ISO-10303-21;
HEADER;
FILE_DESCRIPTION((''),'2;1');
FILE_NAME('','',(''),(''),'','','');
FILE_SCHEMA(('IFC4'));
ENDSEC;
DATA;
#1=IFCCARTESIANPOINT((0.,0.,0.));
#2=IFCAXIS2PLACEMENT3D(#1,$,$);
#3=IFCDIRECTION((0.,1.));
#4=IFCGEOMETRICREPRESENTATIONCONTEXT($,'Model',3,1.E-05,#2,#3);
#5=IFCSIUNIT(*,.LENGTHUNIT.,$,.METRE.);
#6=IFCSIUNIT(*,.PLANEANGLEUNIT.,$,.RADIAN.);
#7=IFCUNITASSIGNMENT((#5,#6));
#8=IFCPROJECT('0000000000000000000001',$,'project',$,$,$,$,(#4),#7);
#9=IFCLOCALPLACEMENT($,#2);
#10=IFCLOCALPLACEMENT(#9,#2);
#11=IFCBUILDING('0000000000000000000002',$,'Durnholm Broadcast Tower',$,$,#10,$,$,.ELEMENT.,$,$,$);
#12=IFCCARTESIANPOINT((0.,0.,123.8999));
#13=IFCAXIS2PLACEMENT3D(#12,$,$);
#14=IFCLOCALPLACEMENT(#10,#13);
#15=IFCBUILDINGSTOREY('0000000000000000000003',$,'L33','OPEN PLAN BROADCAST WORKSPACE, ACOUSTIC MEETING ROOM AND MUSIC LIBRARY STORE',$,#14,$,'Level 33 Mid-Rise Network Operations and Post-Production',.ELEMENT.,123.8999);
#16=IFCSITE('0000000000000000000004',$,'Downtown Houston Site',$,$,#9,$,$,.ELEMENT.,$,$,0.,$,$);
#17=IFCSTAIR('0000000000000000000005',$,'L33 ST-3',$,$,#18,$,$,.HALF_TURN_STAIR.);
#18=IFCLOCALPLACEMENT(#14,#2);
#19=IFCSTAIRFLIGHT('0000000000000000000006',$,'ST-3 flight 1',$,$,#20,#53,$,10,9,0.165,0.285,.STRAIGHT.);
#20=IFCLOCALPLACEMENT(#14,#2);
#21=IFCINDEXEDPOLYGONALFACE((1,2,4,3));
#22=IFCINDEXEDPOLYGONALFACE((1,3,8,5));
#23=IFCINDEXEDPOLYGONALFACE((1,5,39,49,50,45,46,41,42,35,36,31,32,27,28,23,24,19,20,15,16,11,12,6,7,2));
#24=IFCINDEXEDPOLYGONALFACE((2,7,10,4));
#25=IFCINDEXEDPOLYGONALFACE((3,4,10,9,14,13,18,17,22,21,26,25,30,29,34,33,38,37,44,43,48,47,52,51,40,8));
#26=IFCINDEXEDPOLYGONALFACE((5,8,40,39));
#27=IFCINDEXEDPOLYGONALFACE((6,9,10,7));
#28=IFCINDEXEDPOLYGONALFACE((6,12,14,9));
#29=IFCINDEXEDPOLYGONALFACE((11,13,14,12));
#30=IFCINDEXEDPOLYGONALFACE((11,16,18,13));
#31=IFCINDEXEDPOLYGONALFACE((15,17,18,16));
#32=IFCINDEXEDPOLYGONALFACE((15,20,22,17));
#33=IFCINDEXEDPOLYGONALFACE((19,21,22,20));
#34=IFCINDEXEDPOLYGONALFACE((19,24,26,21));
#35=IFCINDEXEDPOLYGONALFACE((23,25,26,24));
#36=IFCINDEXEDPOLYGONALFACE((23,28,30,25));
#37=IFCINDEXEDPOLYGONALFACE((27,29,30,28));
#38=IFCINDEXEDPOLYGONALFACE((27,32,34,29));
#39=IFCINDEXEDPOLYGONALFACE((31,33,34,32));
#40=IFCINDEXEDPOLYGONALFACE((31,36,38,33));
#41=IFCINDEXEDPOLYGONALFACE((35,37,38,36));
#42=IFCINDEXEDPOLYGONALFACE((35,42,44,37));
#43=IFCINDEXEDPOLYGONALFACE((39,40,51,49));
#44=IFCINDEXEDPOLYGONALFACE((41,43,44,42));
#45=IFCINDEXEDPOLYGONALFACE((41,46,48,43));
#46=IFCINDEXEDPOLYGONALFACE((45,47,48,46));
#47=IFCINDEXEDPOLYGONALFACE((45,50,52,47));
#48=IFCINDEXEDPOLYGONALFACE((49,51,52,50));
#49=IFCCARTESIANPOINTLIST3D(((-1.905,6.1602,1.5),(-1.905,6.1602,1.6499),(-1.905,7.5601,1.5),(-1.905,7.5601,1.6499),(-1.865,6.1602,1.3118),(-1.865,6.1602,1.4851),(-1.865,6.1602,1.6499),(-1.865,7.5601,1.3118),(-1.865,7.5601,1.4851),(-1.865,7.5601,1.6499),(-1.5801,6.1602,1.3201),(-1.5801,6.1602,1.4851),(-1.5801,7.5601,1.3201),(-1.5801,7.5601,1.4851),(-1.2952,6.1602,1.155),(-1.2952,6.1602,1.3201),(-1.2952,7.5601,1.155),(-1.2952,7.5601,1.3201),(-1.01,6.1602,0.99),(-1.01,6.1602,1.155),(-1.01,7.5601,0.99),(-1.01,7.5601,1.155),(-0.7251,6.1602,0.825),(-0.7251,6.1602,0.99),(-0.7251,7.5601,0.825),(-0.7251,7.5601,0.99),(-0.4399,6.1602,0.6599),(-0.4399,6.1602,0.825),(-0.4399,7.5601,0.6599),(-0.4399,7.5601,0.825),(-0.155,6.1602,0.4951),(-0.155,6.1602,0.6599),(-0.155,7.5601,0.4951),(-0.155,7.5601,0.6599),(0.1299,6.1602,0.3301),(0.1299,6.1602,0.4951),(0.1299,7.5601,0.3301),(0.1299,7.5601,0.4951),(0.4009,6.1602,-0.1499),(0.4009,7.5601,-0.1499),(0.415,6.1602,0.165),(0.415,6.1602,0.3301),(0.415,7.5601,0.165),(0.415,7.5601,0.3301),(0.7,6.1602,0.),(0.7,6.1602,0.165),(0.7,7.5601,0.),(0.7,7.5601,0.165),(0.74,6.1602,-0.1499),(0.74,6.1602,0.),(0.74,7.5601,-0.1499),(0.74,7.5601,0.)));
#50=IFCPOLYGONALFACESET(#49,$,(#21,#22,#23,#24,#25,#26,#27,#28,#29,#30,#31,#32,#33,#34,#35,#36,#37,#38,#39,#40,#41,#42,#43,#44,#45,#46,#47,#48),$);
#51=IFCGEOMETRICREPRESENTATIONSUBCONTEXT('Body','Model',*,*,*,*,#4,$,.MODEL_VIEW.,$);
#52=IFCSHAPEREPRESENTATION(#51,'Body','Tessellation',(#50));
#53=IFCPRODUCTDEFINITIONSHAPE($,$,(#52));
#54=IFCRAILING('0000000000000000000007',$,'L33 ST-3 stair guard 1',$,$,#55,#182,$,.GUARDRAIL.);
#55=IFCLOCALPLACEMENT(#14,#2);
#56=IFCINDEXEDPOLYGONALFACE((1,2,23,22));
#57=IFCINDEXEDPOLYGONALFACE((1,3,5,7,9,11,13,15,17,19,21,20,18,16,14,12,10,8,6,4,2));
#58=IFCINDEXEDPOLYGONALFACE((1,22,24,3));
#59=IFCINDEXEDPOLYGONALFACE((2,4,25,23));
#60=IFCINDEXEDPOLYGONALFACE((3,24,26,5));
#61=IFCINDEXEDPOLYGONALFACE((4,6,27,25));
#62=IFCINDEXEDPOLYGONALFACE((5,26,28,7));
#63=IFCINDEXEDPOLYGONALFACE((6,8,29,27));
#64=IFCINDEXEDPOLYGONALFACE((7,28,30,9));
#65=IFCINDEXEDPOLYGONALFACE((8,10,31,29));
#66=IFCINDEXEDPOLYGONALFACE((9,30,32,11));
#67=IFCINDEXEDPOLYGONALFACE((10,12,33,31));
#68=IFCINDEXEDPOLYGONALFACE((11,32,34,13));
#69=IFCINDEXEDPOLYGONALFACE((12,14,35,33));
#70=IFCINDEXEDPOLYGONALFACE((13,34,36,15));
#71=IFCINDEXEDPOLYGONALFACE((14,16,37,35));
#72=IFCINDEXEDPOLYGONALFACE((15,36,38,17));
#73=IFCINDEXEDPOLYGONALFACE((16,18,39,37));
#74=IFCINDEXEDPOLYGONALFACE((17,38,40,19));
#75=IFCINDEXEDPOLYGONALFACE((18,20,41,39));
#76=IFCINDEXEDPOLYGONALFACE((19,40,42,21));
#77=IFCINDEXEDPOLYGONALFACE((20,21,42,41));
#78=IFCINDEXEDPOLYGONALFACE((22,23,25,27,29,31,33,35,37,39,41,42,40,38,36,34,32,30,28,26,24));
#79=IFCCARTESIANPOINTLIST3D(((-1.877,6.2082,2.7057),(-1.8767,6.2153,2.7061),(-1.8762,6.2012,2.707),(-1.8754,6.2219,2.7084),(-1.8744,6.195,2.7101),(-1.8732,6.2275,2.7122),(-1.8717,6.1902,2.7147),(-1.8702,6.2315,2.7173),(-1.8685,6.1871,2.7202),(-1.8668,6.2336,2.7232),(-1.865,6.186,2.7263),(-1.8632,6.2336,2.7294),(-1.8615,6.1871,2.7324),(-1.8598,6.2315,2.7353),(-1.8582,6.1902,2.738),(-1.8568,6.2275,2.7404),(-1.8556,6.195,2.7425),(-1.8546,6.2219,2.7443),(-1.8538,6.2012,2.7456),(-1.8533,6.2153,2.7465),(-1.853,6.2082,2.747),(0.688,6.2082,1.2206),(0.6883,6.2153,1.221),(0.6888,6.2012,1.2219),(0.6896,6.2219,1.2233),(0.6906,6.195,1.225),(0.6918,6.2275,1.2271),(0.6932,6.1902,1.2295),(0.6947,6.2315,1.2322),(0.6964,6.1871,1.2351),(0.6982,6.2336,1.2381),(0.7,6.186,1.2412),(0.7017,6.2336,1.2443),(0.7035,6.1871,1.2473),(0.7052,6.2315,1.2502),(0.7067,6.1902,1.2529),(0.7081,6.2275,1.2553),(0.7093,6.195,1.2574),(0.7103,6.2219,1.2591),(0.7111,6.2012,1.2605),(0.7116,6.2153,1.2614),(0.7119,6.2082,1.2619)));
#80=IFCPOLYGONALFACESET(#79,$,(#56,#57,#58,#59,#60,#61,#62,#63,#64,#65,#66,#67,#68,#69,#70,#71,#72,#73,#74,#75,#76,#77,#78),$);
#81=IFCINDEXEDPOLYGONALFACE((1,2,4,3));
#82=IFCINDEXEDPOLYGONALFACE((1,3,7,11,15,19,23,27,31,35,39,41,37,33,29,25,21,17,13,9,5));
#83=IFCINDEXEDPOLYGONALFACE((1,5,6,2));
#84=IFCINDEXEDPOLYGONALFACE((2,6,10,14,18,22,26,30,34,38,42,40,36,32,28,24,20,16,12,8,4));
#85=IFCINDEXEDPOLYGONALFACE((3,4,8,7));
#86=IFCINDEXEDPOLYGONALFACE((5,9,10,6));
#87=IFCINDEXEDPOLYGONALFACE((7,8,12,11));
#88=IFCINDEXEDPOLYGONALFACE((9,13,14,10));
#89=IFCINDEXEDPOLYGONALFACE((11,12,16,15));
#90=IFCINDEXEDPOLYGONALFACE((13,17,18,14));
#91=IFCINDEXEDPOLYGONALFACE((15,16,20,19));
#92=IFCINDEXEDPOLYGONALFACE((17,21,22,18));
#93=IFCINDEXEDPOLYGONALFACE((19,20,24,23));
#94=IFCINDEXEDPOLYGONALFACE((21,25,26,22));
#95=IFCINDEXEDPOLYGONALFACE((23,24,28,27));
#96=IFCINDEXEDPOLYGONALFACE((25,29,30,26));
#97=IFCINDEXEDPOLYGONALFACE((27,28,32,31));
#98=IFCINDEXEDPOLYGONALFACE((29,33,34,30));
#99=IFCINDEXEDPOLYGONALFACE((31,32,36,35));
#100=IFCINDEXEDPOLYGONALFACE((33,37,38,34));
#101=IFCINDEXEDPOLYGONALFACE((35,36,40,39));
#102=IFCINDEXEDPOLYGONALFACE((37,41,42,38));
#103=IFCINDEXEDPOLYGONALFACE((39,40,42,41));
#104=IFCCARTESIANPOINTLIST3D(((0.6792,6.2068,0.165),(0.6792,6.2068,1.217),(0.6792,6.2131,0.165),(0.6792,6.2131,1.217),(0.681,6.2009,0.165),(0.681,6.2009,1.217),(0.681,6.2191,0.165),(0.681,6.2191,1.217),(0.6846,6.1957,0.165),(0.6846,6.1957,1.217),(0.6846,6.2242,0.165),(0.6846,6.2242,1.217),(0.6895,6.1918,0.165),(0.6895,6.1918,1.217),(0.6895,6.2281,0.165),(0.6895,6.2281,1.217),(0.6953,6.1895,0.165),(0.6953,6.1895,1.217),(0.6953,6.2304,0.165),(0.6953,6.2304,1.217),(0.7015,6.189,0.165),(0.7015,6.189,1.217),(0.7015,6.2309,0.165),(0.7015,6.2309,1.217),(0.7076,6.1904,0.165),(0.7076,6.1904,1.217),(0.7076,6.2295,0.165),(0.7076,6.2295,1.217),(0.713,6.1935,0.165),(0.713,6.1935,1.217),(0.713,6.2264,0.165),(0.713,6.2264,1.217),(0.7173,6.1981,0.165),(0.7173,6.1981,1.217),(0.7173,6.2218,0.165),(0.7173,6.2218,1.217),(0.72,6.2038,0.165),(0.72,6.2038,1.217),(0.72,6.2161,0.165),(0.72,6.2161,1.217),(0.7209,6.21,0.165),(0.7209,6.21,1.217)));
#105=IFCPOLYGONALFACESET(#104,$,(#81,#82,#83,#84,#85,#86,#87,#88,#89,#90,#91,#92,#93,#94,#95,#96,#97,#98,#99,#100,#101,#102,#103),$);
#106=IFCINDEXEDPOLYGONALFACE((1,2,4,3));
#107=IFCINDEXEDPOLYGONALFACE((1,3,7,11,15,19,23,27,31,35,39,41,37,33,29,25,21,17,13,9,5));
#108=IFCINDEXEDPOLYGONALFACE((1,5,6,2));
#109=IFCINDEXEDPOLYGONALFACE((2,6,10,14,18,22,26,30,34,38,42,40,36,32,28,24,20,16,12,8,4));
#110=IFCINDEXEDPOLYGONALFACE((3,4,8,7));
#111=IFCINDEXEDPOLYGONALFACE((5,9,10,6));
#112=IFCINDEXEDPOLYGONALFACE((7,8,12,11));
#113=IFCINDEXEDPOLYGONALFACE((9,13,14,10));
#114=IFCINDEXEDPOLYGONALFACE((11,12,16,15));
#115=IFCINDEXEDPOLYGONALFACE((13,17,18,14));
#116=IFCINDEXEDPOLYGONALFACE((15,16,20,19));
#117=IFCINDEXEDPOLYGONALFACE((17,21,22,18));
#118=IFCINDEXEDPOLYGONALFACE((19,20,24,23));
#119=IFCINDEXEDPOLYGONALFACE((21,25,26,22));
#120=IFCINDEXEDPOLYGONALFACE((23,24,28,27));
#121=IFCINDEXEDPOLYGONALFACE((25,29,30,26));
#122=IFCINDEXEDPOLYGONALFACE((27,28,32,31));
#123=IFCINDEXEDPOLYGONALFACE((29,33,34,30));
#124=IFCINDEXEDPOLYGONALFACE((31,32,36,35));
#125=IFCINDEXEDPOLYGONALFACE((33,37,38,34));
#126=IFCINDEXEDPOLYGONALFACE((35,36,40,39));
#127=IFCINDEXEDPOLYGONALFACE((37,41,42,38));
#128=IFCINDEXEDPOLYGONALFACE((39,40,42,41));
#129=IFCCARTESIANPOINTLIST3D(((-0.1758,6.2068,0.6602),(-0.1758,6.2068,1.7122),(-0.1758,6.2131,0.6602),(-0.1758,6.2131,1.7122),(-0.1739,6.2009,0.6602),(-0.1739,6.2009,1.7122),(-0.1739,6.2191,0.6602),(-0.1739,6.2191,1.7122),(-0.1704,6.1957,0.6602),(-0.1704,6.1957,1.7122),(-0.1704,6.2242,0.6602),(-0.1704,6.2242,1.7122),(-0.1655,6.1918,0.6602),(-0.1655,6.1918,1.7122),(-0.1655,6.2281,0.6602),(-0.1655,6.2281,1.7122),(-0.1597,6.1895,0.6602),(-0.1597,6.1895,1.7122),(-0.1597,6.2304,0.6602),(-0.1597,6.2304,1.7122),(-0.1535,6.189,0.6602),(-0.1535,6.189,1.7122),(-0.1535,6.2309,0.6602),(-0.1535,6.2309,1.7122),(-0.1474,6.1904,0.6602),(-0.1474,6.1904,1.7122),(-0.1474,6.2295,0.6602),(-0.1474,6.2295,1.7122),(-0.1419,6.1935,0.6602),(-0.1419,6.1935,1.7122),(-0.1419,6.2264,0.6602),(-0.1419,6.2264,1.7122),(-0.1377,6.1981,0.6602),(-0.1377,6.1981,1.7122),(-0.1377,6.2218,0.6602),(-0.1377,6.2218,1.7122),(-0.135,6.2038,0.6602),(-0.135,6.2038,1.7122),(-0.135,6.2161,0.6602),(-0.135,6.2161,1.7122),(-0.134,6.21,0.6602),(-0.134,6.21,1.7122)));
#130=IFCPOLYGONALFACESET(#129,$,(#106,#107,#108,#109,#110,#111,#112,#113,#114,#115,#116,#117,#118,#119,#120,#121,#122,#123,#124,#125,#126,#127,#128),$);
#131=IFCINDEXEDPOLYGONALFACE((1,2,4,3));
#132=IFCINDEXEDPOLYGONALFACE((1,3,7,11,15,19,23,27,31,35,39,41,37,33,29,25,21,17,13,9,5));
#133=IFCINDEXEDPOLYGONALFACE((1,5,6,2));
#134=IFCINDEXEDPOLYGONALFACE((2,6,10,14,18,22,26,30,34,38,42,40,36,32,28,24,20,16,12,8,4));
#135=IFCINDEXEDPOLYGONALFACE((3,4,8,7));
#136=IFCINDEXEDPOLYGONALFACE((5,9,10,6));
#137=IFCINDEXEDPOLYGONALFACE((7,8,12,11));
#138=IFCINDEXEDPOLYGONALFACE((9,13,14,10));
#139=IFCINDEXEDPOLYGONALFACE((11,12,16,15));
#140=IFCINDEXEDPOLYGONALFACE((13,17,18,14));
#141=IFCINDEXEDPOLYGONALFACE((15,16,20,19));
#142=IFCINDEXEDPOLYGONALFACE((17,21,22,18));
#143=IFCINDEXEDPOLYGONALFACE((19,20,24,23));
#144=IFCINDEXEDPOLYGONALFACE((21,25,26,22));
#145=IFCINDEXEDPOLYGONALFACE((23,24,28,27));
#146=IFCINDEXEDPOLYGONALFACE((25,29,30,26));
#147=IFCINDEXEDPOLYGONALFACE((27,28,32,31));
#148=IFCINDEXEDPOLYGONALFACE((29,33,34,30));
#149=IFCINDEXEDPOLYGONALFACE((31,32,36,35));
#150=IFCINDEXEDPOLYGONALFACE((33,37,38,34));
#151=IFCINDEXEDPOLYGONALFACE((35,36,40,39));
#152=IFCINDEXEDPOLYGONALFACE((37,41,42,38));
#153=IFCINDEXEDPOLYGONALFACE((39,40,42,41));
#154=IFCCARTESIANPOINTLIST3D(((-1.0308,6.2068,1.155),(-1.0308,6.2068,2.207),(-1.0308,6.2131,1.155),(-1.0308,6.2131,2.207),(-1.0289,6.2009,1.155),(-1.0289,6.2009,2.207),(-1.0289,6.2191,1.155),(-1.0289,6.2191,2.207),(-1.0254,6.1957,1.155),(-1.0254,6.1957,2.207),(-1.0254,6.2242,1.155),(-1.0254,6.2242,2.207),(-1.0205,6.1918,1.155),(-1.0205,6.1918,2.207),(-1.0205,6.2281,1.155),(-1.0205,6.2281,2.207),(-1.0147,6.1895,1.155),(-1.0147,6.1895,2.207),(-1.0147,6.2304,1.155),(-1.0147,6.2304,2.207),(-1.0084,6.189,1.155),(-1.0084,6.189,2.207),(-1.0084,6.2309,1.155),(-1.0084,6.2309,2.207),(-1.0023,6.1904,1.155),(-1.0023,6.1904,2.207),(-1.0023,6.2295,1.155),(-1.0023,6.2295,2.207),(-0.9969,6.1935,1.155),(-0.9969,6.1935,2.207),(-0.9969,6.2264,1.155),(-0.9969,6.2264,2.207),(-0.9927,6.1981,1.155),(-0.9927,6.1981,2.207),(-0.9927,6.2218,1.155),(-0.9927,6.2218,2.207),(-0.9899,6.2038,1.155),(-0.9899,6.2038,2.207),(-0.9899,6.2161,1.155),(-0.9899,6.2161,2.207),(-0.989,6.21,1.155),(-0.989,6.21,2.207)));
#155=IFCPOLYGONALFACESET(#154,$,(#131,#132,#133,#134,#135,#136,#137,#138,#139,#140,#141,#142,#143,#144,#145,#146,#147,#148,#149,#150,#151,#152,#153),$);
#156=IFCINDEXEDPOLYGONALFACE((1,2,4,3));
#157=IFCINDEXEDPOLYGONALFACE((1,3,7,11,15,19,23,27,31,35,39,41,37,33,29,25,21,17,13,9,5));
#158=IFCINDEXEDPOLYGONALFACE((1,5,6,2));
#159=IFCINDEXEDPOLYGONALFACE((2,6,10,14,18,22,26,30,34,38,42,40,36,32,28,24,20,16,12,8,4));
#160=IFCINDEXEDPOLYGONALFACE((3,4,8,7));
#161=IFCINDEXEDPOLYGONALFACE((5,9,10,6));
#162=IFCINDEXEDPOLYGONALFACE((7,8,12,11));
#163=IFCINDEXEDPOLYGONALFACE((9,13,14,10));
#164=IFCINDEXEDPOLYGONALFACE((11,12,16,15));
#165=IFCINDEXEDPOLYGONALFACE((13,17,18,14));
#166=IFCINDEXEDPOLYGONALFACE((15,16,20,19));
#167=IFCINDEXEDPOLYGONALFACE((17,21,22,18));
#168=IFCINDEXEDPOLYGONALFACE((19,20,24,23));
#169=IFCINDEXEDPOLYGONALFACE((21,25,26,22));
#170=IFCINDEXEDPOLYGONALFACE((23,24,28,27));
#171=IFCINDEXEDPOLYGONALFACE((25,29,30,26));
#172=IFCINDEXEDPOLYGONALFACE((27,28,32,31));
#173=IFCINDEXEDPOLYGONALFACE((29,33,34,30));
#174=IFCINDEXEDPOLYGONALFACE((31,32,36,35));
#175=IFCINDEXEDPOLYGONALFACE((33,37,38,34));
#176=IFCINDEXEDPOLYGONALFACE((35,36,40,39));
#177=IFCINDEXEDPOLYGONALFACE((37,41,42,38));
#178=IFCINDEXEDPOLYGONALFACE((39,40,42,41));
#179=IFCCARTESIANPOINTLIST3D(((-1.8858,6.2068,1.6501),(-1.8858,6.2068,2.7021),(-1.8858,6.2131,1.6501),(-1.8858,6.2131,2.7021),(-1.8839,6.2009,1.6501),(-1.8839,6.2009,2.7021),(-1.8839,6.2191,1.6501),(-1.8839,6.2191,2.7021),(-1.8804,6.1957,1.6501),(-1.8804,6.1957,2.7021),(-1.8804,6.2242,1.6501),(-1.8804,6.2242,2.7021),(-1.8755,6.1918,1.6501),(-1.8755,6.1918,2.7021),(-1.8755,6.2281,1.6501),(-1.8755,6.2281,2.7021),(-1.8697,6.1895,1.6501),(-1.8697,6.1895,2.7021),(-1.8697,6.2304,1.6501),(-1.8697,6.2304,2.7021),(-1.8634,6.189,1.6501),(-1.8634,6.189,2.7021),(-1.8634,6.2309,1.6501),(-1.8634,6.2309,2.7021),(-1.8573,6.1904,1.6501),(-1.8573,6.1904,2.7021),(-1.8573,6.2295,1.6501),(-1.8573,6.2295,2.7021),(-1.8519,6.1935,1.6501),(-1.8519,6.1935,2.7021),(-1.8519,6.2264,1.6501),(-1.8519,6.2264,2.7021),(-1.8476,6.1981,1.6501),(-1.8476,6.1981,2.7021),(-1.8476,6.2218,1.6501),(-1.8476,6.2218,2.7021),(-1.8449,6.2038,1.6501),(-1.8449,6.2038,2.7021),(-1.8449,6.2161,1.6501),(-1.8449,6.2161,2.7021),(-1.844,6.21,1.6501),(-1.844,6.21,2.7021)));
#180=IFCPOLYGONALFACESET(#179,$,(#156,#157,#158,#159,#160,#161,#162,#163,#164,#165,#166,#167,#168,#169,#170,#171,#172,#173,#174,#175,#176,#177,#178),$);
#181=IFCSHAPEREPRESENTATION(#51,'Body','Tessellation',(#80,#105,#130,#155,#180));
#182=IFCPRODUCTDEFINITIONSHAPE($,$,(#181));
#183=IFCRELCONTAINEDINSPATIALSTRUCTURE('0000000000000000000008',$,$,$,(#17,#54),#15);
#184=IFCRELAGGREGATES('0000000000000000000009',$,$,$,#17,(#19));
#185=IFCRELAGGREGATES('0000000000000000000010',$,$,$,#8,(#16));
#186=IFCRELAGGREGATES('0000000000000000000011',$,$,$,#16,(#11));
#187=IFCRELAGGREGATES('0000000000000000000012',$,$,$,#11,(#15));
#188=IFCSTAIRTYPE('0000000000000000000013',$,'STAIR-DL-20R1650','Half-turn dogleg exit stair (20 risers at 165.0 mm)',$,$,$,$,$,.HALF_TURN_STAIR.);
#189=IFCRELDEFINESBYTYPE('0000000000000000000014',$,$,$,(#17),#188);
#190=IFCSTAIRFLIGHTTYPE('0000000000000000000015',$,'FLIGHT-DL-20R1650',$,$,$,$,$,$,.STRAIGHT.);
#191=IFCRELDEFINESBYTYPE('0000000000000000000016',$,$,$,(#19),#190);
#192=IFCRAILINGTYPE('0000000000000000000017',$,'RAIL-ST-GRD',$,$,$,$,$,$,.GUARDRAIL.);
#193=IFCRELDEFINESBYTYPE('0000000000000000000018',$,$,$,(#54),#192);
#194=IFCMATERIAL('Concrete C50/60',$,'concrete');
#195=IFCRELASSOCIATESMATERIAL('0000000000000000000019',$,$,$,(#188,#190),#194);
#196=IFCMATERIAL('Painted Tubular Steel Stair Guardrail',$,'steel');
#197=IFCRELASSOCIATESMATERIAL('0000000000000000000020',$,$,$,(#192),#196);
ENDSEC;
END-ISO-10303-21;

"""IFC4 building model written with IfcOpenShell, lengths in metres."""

from ifc_helpers import new_model, si_unit, direction, frame, origin, origin_2d, place, context, subcontext, project, spatial, polyline, circle, outline, extrude, material, type_object, element, aggregate, save


model = new_model("IFC4")

# Units and contexts
model_context = context("Model", 3, precision=1e-05, world=origin(), true_north=direction((0.0, 1.0)))
body_context = subcontext(model_context, "Body", "Model", "MODEL_VIEW")
ifc_project = project(units=[si_unit("LENGTHUNIT", "METRE"), si_unit("PLANEANGLEUNIT", "RADIAN")], contexts=[model_context])

# Site, building, storey
site_placement = place(None, origin())
site = spatial("IfcSite", under=ifc_project, at=site_placement, Name="Downtown Houston Site", CompositionType="ELEMENT", RefElevation=0.0)
building_placement = place(site_placement, origin())
building = spatial("IfcBuilding", under=site, at=building_placement, Name="Durnholm Broadcast Tower", CompositionType="ELEMENT")
storey_placement = place(building_placement, frame((0.0, 0.0, 123.8999)))
storey = spatial("IfcBuildingStorey", under=building, at=storey_placement, Name="L33", Description="OPEN PLAN BROADCAST WORKSPACE, ACOUSTIC MEETING ROOM AND MUSIC LIBRARY STORE", LongName="Level 33 Mid-Rise Network Operations and Post-Production", CompositionType="ELEMENT", Elevation=123.8999)

# Shared definitions
ifc_material_1 = material(Name="Concrete C50/60", Category="concrete")

# Stair, stair flight
stair_type = type_object("IfcStairType", Name="STAIR-DL-20R1650", Description="Half-turn dogleg exit stair (20 risers at 165.0 mm)", PredefinedType="HALF_TURN_STAIR", material=ifc_material_1)
stair_placement = place(storey_placement, origin())
stair = element("IfcStair", 1, at=stair_placement, inside=storey, type_object=stair_type, Name="L33 ST-3", PredefinedType="HALF_TURN_STAIR")
stair_flight_type = type_object("IfcStairFlightType", Name="FLIGHT-DL-20R1650", PredefinedType="STRAIGHT", material=ifc_material_1)
stair_flight_placement = place(storey_placement, frame((0.7, 6.8601, 0.0), z_axis=(0.0, 0.0, 1.0), x_axis=(-1.0, 0.0, 0.0)))
stair_flight = element("IfcStairFlight", 2, at=stair_flight_placement, type_object=stair_flight_type, Name="ST-3 flight 1", NumberOfRisers=10, NumberOfTreads=9, PredefinedType="STRAIGHT", RiserHeight=0.165, TreadLength=0.285, context=body_context, shape_type="SweptSolid", body=[
    extrude(outline(polyline([(-0.04, -0.1499), (-0.04, 0.0), (0.0, 0.0), (0.0, 0.165), (0.2849, 0.165), (0.2849, 0.3301), (0.5701, 0.3301), (0.5701, 0.4951), (0.855, 0.4951), (0.855, 0.6599), (1.1399, 0.6599), (1.1399, 0.825), (1.425, 0.825), (1.425, 0.99), (1.71, 0.99), (1.71, 1.155), (1.9951, 1.155), (1.9951, 1.3201), (2.28, 1.3201), (2.28, 1.4851), (2.5649, 1.4851), (2.5649, 1.6499), (2.605, 1.6499), (2.605, 1.5), (2.5649, 1.3118), (0.2991, -0.1499), (-0.04, -0.1499)])), frame((0.0, 0.7, 0.0), z_axis=(0.0, -1.0, 0.0), x_axis=(1.0, 0.0, 0.0)), (0.0, 0.0, 1.0), 1.3999),
])
aggregate(stair, [stair_flight])

# Railing
ifc_material_2 = material(Name="Painted Tubular Steel Stair Guardrail", Category="steel")
railing_type_1 = type_object("IfcRailingType", Name="RAIL-ST-GRD", PredefinedType="GUARDRAIL", material=ifc_material_2)
railing_1_placement = place(storey_placement, frame((0.7, 6.21, 0.165)))
element("IfcRailing", 3, at=railing_1_placement, inside=storey, type_object=railing_type_1, Name="L33 ST-3 stair guard 1", PredefinedType="GUARDRAIL", context=body_context, shape_type="SweptSolid", body=[
    extrude(circle(Radius=0.0239, at=origin_2d()), frame((0.0, 0.0, 1.0762), z_axis=(-0.865406, 0.0, 0.501072), x_axis=(0.0, -1.0, 0.0)), (0.0, 0.0, 1.0), 2.9639),
    extrude(circle(Radius=0.021, at=origin_2d()), origin(), (0.0, 0.0, 1.0), 1.052),
    extrude(circle(Radius=0.021, at=origin_2d()), frame((-0.855, 0.0, 0.4951)), (0.0, 0.0, 1.0), 1.052),
    extrude(circle(Radius=0.021, at=origin_2d()), frame((-1.71, 0.0, 0.99)), (0.0, 0.0, 1.0), 1.052),
    extrude(circle(Radius=0.021, at=origin_2d()), frame((-2.5649, 0.0, 1.4851)), (0.0, 0.0, 1.0), 1.052),
])

save(model, "model.ifc")
